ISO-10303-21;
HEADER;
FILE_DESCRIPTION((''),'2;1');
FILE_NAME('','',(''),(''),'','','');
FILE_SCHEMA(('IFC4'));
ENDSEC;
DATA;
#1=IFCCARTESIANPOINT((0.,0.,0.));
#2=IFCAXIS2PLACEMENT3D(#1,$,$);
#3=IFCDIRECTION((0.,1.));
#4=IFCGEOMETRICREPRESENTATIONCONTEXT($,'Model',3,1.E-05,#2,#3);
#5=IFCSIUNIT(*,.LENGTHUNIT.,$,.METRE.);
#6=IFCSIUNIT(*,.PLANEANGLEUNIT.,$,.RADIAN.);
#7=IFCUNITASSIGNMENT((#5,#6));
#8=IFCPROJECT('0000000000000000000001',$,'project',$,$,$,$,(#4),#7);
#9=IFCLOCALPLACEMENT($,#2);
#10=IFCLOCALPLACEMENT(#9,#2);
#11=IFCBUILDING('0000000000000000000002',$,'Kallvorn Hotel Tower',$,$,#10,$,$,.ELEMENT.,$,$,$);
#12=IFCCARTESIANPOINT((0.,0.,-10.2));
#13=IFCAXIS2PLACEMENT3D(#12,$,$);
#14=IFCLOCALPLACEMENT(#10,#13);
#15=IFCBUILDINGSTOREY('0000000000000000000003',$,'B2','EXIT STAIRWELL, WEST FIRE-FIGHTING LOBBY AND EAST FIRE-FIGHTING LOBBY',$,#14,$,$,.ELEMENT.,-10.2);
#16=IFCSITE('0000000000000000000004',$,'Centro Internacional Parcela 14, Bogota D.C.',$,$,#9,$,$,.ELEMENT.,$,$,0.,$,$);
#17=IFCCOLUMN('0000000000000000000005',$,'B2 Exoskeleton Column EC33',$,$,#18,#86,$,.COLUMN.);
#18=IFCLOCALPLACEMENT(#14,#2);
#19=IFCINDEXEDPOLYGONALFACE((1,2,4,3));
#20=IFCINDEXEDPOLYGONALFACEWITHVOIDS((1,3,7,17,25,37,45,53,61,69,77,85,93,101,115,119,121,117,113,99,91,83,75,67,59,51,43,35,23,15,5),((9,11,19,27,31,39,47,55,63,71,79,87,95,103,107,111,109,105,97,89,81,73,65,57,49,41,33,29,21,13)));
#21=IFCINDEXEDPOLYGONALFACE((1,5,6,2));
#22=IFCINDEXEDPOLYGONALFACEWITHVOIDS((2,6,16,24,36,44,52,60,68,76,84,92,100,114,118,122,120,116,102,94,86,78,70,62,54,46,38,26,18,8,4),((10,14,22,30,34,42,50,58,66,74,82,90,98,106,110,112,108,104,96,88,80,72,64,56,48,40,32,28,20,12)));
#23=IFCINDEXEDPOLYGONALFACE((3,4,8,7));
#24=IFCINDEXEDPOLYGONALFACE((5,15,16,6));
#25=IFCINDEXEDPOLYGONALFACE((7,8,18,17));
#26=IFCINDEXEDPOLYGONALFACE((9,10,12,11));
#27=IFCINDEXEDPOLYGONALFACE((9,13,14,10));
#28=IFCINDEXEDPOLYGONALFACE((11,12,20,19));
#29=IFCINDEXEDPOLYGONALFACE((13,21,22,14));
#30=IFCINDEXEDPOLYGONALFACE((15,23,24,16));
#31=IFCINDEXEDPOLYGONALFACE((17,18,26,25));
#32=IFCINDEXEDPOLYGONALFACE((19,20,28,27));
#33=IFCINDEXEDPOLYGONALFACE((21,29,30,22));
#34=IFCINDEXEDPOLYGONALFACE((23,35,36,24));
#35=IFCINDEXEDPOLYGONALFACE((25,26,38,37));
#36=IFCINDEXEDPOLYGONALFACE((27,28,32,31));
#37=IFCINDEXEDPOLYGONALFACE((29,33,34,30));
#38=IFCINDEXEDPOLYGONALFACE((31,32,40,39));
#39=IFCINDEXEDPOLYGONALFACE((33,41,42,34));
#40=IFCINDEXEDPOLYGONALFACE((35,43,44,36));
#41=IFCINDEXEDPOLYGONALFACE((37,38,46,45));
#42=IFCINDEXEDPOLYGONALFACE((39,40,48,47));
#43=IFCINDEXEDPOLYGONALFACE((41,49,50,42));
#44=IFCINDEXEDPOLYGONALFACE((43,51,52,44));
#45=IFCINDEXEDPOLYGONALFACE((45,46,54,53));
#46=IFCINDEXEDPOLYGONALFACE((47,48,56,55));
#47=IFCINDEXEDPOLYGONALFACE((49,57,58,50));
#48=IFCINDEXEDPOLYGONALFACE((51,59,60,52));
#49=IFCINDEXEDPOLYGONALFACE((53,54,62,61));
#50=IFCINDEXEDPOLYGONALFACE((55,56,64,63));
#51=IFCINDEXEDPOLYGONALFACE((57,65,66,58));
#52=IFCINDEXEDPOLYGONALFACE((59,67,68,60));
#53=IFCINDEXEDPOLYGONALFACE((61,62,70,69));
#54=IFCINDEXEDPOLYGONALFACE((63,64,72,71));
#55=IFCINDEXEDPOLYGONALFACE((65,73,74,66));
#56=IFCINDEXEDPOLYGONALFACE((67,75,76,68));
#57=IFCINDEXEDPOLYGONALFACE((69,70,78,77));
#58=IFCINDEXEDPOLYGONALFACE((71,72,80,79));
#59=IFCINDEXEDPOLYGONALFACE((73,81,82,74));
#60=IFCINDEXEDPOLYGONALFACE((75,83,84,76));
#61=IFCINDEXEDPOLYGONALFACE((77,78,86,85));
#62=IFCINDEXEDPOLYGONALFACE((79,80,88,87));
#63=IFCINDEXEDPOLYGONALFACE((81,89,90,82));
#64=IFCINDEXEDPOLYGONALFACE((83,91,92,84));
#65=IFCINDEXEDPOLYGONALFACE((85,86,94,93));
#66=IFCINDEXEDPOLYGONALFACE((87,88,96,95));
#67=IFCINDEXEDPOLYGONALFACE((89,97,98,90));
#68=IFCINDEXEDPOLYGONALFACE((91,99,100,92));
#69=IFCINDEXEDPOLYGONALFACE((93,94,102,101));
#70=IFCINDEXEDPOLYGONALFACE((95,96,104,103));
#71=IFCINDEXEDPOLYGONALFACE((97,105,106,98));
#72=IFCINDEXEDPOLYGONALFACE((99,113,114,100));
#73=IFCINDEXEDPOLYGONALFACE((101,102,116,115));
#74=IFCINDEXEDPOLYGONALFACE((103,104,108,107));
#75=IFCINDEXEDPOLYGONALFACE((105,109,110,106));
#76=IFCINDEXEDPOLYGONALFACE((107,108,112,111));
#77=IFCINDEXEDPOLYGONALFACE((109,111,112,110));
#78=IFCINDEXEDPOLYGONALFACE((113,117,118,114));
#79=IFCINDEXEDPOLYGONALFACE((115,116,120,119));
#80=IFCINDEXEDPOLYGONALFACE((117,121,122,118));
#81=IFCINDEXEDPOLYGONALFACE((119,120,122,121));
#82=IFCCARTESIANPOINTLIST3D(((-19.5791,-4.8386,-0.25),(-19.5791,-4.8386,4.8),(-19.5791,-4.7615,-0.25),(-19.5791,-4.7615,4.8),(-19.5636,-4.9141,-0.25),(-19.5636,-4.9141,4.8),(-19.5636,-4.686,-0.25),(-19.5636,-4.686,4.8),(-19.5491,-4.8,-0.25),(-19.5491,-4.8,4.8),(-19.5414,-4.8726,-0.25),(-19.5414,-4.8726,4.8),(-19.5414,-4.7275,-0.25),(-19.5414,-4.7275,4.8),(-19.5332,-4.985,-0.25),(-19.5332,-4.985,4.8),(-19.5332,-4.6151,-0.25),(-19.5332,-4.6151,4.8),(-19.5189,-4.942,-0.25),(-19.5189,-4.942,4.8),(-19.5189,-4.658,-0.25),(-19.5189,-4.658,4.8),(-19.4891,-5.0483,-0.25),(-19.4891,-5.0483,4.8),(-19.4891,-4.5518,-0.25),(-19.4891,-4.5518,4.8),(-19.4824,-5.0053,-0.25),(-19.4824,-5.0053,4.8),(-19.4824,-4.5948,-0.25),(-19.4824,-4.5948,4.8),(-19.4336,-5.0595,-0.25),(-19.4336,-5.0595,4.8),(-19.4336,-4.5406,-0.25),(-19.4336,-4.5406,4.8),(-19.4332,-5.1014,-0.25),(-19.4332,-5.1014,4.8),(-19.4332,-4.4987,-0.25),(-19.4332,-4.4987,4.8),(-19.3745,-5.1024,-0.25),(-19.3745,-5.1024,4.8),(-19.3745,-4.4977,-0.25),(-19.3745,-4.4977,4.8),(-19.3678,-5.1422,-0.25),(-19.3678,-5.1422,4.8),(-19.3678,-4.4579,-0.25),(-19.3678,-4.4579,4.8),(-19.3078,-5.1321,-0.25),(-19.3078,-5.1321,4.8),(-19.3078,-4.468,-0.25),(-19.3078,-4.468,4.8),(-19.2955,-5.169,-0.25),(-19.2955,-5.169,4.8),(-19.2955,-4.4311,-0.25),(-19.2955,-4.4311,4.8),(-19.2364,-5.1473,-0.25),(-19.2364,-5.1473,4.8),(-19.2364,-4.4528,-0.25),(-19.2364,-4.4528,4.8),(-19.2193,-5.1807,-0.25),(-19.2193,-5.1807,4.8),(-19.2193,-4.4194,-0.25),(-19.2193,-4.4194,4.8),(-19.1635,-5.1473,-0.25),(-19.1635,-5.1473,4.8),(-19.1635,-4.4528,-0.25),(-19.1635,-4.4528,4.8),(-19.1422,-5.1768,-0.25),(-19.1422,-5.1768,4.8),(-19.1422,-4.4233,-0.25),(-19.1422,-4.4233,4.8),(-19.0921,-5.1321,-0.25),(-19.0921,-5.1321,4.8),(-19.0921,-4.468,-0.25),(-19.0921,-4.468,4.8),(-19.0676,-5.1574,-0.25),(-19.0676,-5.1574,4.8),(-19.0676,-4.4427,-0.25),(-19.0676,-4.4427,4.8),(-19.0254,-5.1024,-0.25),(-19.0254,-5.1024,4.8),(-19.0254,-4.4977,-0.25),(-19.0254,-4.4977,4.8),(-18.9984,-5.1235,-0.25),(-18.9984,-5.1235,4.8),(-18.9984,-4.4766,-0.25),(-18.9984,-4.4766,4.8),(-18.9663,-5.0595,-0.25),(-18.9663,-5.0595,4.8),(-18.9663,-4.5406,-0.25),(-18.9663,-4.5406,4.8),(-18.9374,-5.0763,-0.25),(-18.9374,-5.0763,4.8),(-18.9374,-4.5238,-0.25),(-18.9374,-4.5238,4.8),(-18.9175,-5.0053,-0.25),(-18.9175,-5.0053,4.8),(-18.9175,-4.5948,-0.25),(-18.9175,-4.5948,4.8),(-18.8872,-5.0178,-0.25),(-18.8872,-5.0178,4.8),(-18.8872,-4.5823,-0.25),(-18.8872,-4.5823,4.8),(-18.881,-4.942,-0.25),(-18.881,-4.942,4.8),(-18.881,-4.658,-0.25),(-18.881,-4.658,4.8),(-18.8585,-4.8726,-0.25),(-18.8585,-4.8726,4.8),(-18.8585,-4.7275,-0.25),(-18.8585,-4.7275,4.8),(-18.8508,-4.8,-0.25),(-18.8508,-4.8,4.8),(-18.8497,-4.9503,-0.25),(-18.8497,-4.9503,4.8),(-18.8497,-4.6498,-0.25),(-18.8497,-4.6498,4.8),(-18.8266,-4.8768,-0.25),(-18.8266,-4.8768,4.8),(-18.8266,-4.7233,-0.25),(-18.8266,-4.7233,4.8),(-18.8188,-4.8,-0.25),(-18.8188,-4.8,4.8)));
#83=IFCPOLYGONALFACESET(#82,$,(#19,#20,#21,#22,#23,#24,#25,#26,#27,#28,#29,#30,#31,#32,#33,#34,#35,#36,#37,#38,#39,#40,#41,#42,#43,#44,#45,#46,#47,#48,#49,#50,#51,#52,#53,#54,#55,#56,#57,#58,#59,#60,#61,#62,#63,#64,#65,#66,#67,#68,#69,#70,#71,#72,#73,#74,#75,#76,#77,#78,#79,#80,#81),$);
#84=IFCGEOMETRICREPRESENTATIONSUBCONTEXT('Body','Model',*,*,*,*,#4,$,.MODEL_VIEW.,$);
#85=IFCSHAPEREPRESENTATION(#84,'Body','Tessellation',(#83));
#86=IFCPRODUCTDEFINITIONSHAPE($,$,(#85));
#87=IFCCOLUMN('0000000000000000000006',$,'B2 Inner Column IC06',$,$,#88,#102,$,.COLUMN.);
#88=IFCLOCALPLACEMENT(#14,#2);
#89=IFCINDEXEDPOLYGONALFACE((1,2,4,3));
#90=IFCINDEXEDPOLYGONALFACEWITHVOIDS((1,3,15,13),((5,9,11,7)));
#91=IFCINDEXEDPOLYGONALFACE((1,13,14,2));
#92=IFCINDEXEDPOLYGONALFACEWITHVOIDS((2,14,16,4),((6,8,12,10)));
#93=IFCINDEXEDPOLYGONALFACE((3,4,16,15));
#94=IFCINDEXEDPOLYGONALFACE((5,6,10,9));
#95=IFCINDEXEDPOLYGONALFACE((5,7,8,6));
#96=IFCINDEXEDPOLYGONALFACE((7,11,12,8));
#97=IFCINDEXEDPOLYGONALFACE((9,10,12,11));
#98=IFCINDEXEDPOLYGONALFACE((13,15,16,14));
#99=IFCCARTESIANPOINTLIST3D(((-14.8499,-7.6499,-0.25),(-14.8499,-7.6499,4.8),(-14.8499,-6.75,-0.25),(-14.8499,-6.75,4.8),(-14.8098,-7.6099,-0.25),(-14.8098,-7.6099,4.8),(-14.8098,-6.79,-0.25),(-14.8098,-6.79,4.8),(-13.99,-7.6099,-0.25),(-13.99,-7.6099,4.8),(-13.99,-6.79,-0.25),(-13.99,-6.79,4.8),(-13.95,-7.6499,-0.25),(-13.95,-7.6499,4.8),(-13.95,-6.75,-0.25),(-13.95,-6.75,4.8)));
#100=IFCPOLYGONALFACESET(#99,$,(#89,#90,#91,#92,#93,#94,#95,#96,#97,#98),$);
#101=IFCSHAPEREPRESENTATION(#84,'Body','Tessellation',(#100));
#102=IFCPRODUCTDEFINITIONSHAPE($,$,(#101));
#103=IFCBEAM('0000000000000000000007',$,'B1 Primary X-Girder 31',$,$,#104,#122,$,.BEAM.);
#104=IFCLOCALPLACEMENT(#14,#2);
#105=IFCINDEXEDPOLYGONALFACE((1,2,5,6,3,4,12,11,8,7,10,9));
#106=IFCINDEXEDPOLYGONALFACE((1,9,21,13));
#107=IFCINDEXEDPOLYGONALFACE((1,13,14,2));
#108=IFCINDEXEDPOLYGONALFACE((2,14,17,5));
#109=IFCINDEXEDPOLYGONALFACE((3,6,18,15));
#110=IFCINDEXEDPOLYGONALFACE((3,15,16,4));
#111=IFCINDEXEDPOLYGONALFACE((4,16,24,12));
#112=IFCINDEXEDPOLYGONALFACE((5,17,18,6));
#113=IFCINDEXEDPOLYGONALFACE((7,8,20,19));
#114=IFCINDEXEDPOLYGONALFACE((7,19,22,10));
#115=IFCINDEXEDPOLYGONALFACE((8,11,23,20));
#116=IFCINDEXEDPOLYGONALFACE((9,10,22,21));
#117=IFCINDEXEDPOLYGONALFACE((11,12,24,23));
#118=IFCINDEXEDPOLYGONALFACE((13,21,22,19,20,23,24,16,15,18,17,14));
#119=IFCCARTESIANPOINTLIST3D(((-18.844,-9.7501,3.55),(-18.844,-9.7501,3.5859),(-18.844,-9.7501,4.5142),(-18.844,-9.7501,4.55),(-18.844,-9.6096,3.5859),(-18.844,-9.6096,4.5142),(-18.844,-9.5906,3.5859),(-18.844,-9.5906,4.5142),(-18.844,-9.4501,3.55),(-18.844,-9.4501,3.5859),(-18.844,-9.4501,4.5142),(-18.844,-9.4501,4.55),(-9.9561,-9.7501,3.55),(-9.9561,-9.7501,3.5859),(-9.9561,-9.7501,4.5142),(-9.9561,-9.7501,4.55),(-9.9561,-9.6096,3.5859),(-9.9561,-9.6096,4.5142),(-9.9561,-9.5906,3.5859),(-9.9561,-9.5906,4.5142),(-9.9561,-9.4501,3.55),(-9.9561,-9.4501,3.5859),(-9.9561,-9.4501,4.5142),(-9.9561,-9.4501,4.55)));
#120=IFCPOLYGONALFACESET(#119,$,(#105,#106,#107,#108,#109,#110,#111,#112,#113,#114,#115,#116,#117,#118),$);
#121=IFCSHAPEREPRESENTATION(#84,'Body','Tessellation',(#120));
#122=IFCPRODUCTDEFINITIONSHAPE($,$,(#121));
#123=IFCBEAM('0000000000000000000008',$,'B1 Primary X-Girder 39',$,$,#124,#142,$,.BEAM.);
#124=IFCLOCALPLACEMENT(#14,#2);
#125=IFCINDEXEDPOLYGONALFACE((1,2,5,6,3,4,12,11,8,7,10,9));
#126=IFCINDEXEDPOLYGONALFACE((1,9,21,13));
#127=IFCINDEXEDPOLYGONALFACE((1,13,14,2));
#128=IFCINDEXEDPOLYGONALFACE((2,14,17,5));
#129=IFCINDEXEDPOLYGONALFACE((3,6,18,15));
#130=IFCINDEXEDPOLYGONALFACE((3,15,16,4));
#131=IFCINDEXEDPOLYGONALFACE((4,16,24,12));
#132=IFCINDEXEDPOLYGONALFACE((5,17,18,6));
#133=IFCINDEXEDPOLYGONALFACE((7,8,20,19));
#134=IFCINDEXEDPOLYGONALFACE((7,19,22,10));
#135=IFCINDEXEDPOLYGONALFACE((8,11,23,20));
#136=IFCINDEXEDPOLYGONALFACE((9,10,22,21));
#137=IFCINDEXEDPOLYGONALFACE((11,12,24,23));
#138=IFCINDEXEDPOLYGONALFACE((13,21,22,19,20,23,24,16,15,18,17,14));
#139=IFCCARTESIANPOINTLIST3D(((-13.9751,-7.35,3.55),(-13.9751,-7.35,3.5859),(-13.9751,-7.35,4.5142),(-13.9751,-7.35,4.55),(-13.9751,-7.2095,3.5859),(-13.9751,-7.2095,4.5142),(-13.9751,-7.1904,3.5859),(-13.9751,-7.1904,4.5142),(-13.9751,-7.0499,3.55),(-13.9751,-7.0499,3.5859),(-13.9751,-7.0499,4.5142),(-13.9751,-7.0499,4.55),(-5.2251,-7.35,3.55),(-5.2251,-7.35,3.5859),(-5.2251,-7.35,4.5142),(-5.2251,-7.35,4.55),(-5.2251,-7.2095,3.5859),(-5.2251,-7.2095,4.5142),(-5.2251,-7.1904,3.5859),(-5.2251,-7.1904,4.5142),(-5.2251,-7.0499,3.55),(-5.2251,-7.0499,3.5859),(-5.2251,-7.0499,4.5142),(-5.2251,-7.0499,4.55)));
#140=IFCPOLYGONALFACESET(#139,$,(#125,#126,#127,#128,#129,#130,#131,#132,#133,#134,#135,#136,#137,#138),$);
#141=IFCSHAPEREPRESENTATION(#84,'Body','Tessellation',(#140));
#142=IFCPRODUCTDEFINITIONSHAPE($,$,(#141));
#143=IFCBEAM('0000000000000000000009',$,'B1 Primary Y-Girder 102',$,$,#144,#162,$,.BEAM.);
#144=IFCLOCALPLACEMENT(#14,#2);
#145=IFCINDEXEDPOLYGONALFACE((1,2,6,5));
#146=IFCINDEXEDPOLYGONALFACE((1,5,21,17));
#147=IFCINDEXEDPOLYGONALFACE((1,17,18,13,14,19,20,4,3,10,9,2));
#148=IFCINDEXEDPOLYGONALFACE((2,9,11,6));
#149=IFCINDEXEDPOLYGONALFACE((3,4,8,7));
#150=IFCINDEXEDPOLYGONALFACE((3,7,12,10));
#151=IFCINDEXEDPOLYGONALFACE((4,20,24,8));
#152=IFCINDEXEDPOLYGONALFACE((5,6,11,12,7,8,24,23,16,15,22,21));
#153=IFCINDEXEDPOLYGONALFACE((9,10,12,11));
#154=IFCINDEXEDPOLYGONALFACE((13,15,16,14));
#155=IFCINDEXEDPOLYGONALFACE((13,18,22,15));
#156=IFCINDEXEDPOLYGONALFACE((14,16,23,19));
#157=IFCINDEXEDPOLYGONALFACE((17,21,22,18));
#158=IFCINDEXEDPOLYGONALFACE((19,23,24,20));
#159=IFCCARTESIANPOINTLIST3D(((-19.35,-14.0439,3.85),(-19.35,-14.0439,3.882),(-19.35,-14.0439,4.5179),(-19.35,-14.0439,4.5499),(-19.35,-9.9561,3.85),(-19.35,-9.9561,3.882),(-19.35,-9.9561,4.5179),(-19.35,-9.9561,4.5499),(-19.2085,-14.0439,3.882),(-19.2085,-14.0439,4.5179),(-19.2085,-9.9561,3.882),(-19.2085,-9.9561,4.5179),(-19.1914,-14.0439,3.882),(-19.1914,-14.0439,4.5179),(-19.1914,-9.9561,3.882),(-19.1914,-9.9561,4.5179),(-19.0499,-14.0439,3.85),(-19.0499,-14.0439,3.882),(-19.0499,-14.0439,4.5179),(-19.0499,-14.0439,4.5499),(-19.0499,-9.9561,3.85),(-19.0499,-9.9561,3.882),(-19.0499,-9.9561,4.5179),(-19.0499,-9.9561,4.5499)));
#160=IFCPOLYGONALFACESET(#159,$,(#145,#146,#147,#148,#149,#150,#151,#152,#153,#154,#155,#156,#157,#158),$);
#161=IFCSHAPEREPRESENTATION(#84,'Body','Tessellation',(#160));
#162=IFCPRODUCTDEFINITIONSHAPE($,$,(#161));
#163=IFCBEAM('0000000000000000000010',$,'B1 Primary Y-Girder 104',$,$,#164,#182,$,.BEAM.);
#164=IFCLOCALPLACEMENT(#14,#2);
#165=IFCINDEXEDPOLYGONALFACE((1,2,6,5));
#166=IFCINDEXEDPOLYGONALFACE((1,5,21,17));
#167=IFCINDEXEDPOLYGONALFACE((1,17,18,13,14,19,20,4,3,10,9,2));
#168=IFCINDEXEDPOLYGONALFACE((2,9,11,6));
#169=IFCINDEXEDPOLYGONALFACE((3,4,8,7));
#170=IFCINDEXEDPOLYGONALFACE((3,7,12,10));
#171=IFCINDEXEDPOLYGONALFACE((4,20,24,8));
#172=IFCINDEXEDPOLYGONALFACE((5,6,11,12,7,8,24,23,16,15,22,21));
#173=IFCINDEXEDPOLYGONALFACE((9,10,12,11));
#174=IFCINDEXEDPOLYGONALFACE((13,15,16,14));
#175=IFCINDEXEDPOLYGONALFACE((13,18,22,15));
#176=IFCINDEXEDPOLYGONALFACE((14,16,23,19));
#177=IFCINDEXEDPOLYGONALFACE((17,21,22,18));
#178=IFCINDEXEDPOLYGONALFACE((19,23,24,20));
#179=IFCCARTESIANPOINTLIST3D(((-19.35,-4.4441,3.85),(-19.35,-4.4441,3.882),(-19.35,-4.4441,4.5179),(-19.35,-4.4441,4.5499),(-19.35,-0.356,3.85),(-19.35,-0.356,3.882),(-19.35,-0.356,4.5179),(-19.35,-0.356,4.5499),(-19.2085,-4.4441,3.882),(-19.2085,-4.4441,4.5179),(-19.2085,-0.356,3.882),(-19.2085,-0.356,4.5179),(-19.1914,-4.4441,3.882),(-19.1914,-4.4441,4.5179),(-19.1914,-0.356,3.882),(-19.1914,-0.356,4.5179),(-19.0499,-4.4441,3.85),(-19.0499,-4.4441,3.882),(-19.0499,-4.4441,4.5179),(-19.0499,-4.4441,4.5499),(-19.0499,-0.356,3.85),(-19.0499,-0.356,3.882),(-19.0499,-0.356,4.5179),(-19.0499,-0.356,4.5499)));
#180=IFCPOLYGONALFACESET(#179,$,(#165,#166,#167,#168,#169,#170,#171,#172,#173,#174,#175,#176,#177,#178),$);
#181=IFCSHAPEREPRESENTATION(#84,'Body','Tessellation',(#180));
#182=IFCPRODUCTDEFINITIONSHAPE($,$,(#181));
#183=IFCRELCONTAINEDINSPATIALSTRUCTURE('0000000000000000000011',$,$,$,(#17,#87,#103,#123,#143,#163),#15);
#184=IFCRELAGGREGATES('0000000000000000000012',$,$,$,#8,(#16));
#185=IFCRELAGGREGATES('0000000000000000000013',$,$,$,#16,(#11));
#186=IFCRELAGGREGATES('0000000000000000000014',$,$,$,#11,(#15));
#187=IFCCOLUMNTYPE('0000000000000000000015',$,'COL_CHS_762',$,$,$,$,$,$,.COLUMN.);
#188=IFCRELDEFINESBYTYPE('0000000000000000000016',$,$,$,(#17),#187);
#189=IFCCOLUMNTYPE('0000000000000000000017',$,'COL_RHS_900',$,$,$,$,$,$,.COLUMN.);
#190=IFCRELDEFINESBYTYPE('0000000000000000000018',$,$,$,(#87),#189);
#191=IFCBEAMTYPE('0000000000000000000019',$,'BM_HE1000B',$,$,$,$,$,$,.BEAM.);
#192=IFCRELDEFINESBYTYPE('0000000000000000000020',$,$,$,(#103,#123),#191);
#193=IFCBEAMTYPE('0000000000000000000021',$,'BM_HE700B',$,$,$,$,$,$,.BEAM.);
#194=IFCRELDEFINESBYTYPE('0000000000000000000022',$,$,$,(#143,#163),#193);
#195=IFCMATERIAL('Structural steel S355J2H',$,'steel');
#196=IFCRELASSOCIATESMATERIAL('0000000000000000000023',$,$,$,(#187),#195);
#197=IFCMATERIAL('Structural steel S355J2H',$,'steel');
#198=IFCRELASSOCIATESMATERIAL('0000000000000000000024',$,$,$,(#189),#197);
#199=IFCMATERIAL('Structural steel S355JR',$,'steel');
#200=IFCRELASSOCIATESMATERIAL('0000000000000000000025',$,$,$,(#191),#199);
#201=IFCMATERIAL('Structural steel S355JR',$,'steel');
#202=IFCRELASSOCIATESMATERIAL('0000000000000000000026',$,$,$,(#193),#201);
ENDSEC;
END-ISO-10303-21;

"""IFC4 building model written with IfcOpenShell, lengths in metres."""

from ifc_helpers import new_model, si_unit, direction, frame, origin, origin_2d, place, context, subcontext, project, spatial, hollow_rectangle, hollow_circle, i_section, extrude, material, material_profile, profile_set, type_object, element, save


model = new_model("IFC4")

# Units and contexts
model_context = context("Model", 3, precision=1e-05, world=origin(), true_north=direction((0.0, 1.0)))
body_context = subcontext(model_context, "Body", "Model", "MODEL_VIEW")
ifc_project = project(units=[si_unit("LENGTHUNIT", "METRE"), si_unit("PLANEANGLEUNIT", "RADIAN")], contexts=[model_context])

# Site, building, storey
site_placement = place(None, origin())
site = spatial("IfcSite", under=ifc_project, at=site_placement, Name="Centro Internacional Parcela 14, Bogota D.C.", CompositionType="ELEMENT", RefElevation=0.0)
building_placement = place(site_placement, origin())
building = spatial("IfcBuilding", under=site, at=building_placement, Name="Kallvorn Hotel Tower", CompositionType="ELEMENT")
storey_placement = place(building_placement, frame((0.0, 0.0, -10.2)))
storey = spatial("IfcBuildingStorey", under=building, at=storey_placement, Name="B2", Description="EXIT STAIRWELL, WEST FIRE-FIGHTING LOBBY AND EAST FIRE-FIGHTING LOBBY", CompositionType="ELEMENT", Elevation=-10.2)

# Columns
ifc_material_1 = material(Name="Structural steel S355J2H", Category="steel")
ifc_material_profile_1 = material_profile(ifc_material_1, hollow_circle(Radius=0.3811, WallThickness=0.032, at=origin_2d()), Name="CHS 762x32")
ifc_profile_set_1 = profile_set([ifc_material_profile_1], Name="Structural steel S355J2H")
column_type_1 = type_object("IfcColumnType", Name="COL_CHS_762", PredefinedType="COLUMN", material=ifc_profile_set_1)
for number, where, z_axis, x_axis, name in (
    (1, (-19.2, -4.8, -0.25), (0.0, 0.0, 1.0), (1.0, 0.0, 0.0), "B2 Exoskeleton Column EC33"),
):
    element("IfcColumn", number, at=place(storey_placement, frame(where, z_axis=z_axis, x_axis=x_axis)), inside=storey, type_object=column_type_1, Name=name, PredefinedType="COLUMN", context=body_context, shape_type="SweptSolid", body=[
        extrude(hollow_circle(Radius=0.3811, WallThickness=0.032, at=origin_2d()), origin(), (0.0, 0.0, 1.0), 5.05),
    ])
ifc_material_2 = material(Name="Structural steel S355J2H", Category="steel")
ifc_material_profile_2 = material_profile(ifc_material_2, hollow_rectangle(XDim=0.8999, YDim=0.8999, WallThickness=0.04, at=origin_2d()), Name="RHS 900x900x40")
ifc_profile_set_2 = profile_set([ifc_material_profile_2], Name="Structural steel S355J2H")
column_type_2 = type_object("IfcColumnType", Name="COL_RHS_900", PredefinedType="COLUMN", material=ifc_profile_set_2)
column_placement = place(storey_placement, frame((-14.3999, -7.2, -0.25), z_axis=(0.0, 0.0, 1.0), x_axis=(1.0, 0.0, 0.0)))
element("IfcColumn", 2, at=column_placement, inside=storey, type_object=column_type_2, Name="B2 Inner Column IC06", PredefinedType="COLUMN", context=body_context, shape_type="SweptSolid", body=[
    extrude(hollow_rectangle(XDim=0.8999, YDim=0.8999, WallThickness=0.04, at=origin_2d()), origin(), (0.0, 0.0, 1.0), 5.05),
])

# Beams
ifc_material_3 = material(Name="Structural steel S355JR", Category="steel")
ifc_material_profile_3 = material_profile(ifc_material_3, i_section(OverallWidth=0.3, OverallDepth=1.0, WebThickness=0.019, FlangeThickness=0.0359, at=origin_2d()), Name="HE 1000 B")
ifc_profile_set_3 = profile_set([ifc_material_profile_3], Name="Structural steel S355JR")
beam_type_1 = type_object("IfcBeamType", Name="BM_HE1000B", PredefinedType="BEAM", material=ifc_profile_set_3)
beam_1_placement = place(storey_placement, frame((-18.844, -9.6001, 4.05), z_axis=(1.0, 0.0, 0.0), x_axis=(0.0, 1.0, 0.0)))
element("IfcBeam", 3, at=beam_1_placement, inside=storey, type_object=beam_type_1, Name="B1 Primary X-Girder 31", PredefinedType="BEAM", context=body_context, shape_type="SweptSolid", body=[
    extrude(i_section(OverallWidth=0.3, OverallDepth=1.0, WebThickness=0.019, FlangeThickness=0.0359, at=origin_2d()), origin(), (0.0, 0.0, 1.0), 8.8879),
])
beam_2_placement = place(storey_placement, frame((-13.9751, -7.2, 4.05), z_axis=(1.0, 0.0, 0.0), x_axis=(0.0, 1.0, 0.0)))
element("IfcBeam", 4, at=beam_2_placement, inside=storey, type_object=beam_type_1, Name="B1 Primary X-Girder 39", PredefinedType="BEAM", context=body_context, shape_type="SweptSolid", body=[
    extrude(i_section(OverallWidth=0.3, OverallDepth=1.0, WebThickness=0.019, FlangeThickness=0.0359, at=origin_2d()), origin(), (0.0, 0.0, 1.0), 8.75),
])
ifc_material_4 = material(Name="Structural steel S355JR", Category="steel")
ifc_material_profile_4 = material_profile(ifc_material_4, i_section(OverallWidth=0.3, OverallDepth=0.7, WebThickness=0.0171, FlangeThickness=0.032, at=origin_2d()), Name="HE 700 B")
ifc_profile_set_4 = profile_set([ifc_material_profile_4], Name="Structural steel S355JR")
beam_type_2 = type_object("IfcBeamType", Name="BM_HE700B", PredefinedType="BEAM", material=ifc_profile_set_4)
beam_3_placement = place(storey_placement, frame((-19.2, -14.0439, 4.2), z_axis=(0.0, 1.0, 0.0), x_axis=(-1.0, 0.0, 0.0)))
element("IfcBeam", 5, at=beam_3_placement, inside=storey, type_object=beam_type_2, Name="B1 Primary Y-Girder 102", PredefinedType="BEAM", context=body_context, shape_type="SweptSolid", body=[
    extrude(i_section(OverallWidth=0.3, OverallDepth=0.7, WebThickness=0.0171, FlangeThickness=0.032, at=origin_2d()), origin(), (0.0, 0.0, 1.0), 4.0879),
])
beam_4_placement = place(storey_placement, frame((-19.2, -4.4441, 4.2), z_axis=(0.0, 1.0, 0.0), x_axis=(-1.0, 0.0, 0.0)))
element("IfcBeam", 6, at=beam_4_placement, inside=storey, type_object=beam_type_2, Name="B1 Primary Y-Girder 104", PredefinedType="BEAM", context=body_context, shape_type="SweptSolid", body=[
    extrude(i_section(OverallWidth=0.3, OverallDepth=0.7, WebThickness=0.0171, FlangeThickness=0.032, at=origin_2d()), origin(), (0.0, 0.0, 1.0), 4.0881),
])

save(model, "model.ifc")
